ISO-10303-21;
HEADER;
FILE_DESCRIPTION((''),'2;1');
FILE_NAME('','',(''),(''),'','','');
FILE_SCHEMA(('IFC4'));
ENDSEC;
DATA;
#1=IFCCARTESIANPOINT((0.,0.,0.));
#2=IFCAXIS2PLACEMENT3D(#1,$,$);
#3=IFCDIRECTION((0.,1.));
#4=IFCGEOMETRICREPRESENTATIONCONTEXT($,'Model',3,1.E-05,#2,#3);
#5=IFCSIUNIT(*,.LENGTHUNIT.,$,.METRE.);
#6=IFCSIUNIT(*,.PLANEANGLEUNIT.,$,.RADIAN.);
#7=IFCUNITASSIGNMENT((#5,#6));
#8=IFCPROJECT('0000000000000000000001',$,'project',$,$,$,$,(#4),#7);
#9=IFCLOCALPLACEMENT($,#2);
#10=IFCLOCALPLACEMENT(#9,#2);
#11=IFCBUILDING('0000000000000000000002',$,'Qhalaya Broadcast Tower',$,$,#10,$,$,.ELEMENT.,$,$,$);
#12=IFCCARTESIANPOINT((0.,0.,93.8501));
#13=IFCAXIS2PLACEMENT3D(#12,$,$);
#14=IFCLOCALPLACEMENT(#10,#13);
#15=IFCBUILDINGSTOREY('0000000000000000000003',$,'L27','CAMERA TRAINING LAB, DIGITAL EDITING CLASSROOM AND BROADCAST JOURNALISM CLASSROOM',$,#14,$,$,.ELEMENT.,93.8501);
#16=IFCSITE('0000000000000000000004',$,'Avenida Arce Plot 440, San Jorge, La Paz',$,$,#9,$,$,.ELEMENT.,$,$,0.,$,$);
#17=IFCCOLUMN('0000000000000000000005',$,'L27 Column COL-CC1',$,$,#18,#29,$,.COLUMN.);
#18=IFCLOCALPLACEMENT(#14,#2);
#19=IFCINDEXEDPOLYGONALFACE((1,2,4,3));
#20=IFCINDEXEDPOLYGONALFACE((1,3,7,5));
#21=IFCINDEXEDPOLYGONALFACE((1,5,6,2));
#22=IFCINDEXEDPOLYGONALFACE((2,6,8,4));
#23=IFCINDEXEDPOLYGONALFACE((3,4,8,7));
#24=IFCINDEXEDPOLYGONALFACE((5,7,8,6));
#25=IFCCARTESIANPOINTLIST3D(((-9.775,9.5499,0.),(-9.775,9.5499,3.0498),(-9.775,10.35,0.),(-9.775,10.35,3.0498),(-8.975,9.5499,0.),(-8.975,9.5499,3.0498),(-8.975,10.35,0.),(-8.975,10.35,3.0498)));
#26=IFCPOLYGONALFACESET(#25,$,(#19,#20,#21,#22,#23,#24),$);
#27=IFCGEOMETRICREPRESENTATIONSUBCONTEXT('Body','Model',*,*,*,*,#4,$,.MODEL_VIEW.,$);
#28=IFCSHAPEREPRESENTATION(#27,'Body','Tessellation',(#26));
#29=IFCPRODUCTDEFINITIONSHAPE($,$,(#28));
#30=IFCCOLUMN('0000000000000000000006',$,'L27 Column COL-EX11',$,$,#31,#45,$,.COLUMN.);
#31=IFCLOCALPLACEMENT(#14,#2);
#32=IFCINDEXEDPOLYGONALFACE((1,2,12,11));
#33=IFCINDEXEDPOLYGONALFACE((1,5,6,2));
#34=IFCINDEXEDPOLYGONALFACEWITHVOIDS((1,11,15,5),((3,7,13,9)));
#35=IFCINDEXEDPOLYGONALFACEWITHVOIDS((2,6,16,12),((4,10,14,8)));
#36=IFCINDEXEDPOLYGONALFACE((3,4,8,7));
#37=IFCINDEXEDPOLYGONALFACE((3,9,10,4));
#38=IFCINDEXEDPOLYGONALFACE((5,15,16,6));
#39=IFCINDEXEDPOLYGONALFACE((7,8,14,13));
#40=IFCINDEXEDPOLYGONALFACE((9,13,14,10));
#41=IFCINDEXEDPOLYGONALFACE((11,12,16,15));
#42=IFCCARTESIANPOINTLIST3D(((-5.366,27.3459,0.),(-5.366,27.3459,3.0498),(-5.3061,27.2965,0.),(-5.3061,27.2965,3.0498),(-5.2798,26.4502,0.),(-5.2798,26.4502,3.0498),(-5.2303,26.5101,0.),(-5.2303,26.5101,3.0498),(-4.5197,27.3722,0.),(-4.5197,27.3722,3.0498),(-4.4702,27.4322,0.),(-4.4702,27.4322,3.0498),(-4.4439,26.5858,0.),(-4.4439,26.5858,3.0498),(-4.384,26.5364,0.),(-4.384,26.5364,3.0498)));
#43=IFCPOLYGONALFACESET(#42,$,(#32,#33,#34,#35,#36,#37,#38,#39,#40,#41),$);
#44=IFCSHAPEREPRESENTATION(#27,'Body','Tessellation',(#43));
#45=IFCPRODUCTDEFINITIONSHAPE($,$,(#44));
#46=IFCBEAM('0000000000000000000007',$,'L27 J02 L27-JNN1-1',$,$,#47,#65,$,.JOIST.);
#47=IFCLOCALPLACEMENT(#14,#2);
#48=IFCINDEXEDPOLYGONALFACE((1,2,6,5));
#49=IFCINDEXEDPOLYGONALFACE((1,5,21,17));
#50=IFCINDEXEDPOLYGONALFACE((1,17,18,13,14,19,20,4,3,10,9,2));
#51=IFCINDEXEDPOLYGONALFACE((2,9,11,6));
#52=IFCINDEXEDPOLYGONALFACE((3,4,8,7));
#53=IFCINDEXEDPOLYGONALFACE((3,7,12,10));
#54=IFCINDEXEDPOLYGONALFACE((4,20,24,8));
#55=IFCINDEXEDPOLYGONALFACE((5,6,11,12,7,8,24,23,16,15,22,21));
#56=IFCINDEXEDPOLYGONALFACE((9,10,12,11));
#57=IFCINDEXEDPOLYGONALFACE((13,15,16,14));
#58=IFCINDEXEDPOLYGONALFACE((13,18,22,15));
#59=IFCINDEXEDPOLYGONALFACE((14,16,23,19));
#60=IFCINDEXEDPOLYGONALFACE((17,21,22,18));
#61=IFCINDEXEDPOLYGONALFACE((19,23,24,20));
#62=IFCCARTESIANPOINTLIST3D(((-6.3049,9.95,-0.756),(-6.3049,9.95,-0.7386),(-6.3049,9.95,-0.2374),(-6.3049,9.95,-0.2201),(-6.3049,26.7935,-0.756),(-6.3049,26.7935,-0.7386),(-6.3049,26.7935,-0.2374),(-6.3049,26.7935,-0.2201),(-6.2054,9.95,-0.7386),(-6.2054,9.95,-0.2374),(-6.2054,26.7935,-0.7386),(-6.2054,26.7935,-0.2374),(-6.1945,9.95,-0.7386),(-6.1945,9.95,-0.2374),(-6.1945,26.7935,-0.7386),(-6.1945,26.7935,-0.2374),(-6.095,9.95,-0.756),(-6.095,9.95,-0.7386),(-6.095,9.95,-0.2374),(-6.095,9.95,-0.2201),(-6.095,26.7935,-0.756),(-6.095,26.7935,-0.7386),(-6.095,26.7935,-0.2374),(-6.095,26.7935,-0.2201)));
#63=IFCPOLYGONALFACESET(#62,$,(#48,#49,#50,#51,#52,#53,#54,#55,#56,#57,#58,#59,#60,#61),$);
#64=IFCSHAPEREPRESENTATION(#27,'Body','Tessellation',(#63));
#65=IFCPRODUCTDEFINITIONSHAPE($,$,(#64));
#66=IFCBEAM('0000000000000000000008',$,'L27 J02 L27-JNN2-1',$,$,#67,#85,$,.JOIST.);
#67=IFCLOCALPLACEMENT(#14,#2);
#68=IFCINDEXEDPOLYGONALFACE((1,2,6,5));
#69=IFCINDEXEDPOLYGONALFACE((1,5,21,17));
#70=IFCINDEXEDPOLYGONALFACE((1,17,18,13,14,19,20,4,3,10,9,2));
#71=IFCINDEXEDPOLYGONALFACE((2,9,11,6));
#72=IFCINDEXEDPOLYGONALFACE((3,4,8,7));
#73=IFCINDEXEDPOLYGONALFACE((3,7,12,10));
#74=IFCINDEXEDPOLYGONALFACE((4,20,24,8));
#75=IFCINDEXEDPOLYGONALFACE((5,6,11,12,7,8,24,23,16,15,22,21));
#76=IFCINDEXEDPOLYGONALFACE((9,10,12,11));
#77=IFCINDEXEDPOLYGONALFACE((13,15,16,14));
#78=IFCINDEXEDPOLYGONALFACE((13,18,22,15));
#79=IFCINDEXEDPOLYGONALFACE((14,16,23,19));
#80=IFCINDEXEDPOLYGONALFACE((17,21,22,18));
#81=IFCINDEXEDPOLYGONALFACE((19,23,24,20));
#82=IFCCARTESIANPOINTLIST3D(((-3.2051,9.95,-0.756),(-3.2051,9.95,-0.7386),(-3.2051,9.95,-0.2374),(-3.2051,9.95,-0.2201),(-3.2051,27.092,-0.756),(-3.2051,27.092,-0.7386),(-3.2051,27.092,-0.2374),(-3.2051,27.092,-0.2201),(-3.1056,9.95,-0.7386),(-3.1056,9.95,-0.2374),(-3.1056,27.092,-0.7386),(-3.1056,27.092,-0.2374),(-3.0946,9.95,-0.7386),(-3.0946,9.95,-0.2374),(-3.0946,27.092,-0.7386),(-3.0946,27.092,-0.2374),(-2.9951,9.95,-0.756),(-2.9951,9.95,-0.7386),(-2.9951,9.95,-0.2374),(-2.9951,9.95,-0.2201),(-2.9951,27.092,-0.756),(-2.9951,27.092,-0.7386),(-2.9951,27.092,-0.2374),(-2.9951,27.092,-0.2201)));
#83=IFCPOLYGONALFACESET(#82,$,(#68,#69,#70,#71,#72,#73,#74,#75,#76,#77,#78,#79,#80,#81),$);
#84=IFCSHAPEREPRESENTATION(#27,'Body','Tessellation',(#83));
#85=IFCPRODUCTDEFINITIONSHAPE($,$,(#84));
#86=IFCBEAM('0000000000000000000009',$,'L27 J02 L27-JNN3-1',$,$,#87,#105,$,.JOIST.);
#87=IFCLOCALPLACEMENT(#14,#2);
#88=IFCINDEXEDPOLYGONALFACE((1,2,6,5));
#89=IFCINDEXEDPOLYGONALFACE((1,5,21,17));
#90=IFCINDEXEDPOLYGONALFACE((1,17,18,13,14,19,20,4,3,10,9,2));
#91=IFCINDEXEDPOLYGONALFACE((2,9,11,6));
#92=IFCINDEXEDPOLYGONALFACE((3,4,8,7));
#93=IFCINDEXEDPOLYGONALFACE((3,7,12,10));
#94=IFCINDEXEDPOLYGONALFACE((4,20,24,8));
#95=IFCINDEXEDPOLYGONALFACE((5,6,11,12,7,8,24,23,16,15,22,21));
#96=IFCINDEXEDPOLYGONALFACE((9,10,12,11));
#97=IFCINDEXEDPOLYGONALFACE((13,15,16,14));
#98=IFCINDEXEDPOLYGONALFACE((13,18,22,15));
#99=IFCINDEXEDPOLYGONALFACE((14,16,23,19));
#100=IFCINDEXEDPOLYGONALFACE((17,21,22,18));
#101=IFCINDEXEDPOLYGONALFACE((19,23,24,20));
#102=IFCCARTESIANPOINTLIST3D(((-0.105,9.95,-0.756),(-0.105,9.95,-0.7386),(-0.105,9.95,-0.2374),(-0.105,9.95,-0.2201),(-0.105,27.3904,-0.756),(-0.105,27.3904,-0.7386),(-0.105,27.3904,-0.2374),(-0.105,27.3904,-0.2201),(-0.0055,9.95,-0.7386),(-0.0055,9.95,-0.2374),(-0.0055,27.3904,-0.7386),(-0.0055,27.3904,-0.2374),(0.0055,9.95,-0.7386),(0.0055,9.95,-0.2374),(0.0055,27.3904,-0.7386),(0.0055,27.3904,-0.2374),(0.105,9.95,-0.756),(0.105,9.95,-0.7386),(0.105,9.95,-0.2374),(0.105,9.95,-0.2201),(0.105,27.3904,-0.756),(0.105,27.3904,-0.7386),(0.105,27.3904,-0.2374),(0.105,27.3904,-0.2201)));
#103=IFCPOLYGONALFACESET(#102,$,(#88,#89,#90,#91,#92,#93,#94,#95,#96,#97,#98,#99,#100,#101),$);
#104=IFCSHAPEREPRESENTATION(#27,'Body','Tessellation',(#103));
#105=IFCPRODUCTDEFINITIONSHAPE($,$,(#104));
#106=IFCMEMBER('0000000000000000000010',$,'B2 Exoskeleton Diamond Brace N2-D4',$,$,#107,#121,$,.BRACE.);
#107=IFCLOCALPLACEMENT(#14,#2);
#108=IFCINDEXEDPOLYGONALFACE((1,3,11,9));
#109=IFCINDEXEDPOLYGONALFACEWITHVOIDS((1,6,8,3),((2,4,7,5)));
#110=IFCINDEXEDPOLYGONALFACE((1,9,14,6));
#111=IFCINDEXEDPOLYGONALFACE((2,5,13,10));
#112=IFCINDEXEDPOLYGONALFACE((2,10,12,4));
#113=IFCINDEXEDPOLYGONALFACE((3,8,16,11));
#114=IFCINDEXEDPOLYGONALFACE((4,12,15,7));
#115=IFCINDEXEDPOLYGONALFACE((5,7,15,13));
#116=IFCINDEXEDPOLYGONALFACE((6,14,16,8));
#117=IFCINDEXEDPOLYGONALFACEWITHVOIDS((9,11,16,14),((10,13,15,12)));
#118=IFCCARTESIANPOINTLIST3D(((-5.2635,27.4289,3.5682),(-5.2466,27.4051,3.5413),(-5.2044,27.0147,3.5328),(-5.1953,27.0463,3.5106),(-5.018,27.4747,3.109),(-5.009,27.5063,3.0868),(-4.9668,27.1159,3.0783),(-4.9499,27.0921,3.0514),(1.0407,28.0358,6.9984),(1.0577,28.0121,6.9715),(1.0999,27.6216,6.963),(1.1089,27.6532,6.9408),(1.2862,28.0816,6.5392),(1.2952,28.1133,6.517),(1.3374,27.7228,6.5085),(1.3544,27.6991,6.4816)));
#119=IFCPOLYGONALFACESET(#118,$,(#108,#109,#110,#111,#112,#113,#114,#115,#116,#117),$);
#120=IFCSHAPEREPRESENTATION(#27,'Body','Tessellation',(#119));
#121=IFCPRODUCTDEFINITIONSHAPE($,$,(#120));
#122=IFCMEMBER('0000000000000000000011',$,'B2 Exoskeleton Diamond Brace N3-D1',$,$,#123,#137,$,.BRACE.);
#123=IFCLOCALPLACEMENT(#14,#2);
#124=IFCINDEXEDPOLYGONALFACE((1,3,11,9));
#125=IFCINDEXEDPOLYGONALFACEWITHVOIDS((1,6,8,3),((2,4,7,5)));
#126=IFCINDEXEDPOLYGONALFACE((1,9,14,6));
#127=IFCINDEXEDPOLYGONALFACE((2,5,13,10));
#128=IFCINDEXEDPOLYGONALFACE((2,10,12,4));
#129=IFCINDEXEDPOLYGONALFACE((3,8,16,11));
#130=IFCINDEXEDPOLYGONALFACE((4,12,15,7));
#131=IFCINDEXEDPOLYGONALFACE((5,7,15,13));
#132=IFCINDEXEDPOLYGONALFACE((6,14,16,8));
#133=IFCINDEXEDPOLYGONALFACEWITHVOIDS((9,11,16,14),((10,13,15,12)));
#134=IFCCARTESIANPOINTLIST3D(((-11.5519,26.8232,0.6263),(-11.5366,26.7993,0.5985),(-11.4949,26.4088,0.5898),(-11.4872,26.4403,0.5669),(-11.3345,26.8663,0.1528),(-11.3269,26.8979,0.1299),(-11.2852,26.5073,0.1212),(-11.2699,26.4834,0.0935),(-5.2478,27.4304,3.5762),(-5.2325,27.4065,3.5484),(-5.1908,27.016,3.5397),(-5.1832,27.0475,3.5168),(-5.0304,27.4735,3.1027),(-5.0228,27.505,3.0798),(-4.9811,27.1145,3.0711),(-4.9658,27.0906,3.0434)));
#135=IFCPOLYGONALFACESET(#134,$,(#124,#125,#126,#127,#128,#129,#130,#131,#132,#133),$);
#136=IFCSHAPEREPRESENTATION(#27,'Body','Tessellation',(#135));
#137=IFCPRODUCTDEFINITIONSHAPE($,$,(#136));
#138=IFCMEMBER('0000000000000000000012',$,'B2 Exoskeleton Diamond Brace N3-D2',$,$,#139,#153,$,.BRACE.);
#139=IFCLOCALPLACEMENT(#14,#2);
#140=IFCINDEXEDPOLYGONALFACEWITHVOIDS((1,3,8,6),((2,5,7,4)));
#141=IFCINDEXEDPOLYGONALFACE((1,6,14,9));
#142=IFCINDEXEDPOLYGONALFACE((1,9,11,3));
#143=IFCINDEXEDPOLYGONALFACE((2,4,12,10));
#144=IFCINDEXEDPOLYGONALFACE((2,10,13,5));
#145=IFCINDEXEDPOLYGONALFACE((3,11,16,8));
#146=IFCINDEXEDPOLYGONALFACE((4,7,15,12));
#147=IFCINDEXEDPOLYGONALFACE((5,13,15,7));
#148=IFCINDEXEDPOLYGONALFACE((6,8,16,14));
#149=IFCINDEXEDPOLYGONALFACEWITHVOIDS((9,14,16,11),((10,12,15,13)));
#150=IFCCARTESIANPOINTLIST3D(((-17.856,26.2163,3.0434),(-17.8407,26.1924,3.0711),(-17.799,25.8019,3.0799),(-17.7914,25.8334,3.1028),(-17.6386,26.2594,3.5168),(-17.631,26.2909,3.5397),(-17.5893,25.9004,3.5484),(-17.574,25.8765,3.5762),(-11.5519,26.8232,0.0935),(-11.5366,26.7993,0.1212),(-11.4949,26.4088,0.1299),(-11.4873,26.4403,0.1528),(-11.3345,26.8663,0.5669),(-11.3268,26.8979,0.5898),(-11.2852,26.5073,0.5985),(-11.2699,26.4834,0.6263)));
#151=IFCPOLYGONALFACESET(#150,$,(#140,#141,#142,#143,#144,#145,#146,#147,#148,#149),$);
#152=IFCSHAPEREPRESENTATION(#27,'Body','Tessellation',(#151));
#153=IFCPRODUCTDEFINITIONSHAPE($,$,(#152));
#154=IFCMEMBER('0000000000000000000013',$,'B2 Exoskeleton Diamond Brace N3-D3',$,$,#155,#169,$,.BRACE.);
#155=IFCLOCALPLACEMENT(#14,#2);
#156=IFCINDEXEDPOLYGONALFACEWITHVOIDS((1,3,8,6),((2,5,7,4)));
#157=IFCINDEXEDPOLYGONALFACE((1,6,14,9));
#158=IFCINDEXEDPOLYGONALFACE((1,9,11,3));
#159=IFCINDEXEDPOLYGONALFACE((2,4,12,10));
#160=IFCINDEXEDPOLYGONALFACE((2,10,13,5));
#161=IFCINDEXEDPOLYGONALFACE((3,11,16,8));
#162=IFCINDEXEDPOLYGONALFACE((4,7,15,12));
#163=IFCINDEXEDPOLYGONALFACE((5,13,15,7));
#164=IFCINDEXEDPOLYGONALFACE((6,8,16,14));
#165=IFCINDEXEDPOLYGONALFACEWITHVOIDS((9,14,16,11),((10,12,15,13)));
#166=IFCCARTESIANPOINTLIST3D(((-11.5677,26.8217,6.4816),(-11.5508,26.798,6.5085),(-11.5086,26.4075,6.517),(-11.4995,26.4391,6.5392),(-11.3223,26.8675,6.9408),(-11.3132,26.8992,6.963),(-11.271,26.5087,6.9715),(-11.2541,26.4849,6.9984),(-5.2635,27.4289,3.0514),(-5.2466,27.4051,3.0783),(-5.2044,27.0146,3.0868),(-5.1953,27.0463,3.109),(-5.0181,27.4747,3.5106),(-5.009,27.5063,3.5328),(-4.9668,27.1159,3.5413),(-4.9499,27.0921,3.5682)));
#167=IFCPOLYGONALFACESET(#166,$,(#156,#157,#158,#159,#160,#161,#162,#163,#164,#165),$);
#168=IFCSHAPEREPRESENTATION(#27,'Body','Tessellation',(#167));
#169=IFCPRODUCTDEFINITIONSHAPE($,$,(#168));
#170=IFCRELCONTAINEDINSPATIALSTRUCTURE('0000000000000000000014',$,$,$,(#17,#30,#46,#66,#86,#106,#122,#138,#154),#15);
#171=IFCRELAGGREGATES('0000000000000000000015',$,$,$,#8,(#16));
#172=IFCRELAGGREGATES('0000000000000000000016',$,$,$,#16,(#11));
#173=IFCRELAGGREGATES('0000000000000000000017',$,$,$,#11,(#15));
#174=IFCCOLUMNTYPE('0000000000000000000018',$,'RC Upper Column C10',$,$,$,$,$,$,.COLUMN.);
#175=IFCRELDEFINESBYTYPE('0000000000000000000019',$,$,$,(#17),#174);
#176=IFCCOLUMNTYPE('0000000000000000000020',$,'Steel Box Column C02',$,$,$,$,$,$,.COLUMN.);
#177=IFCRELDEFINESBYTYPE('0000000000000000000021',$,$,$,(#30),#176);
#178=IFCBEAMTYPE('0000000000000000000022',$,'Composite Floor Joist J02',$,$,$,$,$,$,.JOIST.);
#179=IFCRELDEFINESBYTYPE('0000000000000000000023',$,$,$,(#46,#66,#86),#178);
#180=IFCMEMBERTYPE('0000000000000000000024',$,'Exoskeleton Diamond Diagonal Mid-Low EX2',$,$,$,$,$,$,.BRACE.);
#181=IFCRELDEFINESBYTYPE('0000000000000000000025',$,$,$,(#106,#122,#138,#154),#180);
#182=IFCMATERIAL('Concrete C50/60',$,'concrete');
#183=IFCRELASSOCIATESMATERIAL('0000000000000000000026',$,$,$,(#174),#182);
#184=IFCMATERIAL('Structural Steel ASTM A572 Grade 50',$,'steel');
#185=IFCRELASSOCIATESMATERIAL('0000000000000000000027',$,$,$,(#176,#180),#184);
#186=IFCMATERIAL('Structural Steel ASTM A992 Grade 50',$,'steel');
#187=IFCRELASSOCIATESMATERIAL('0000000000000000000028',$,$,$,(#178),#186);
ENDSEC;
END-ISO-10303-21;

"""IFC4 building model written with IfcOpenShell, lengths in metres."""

from ifc_helpers import new_model, si_unit, direction, frame, origin, origin_2d, place, context, subcontext, project, spatial, rectangle, hollow_rectangle, i_section, extrude, material, material_profile, profile_set, type_object, element, save


model = new_model("IFC4")

# Units and contexts
model_context = context("Model", 3, precision=1e-05, world=origin(), true_north=direction((0.0, 1.0)))
body_context = subcontext(model_context, "Body", "Model", "MODEL_VIEW")
ifc_project = project(units=[si_unit("LENGTHUNIT", "METRE"), si_unit("PLANEANGLEUNIT", "RADIAN")], contexts=[model_context])

# Site, building, storey
site_placement = place(None, origin())
site = spatial("IfcSite", under=ifc_project, at=site_placement, Name="Avenida Arce Plot 440, San Jorge, La Paz", CompositionType="ELEMENT", RefElevation=0.0)
building_placement = place(site_placement, origin())
building = spatial("IfcBuilding", under=site, at=building_placement, Name="Qhalaya Broadcast Tower", CompositionType="ELEMENT")
storey_placement = place(building_placement, frame((0.0, 0.0, 93.8501)))
storey = spatial("IfcBuildingStorey", under=building, at=storey_placement, Name="L27", Description="CAMERA TRAINING LAB, DIGITAL EDITING CLASSROOM AND BROADCAST JOURNALISM CLASSROOM", CompositionType="ELEMENT", Elevation=93.8501)

# Columns
ifc_material_1 = material(Name="Concrete C50/60", Category="concrete")
ifc_material_profile_1 = material_profile(ifc_material_1, rectangle(XDim=0.8, YDim=0.8, at=origin_2d()), Name="RC-COL 800x800")
ifc_profile_set_1 = profile_set([ifc_material_profile_1], Name="Concrete C50/60")
column_type_1 = type_object("IfcColumnType", Name="RC Upper Column C10", PredefinedType="COLUMN", material=ifc_profile_set_1)
column_1_placement = place(storey_placement, frame((-9.375, 9.95, 0.0), z_axis=(0.0, 0.0, 1.0), x_axis=(1.0, 0.0, 0.0)))
element("IfcColumn", 1, at=column_1_placement, inside=storey, type_object=column_type_1, Name="L27 Column COL-CC1", PredefinedType="COLUMN", context=body_context, shape_type="SweptSolid", body=[
    extrude(rectangle(XDim=0.8, YDim=0.8, at=origin_2d()), origin(), (0.0, 0.0, 1.0), 3.0498),
])
ifc_material_2 = material(Name="Structural Steel ASTM A572 Grade 50", Category="steel")
ifc_material_profile_2 = material_profile(ifc_material_2, hollow_rectangle(XDim=0.8999, YDim=0.8999, WallThickness=0.0549, at=origin_2d()), Name="BOX 900x900x55")
ifc_profile_set_2 = profile_set([ifc_material_profile_2], Name="Structural Steel ASTM A572 Grade 50")
column_type_2 = type_object("IfcColumnType", Name="Steel Box Column C02", PredefinedType="COLUMN", material=ifc_profile_set_2)
column_2_placement = place(storey_placement, frame((-4.875, 26.9412, 0.0), z_axis=(0.0, 0.0, 1.0), x_axis=(0.995396, 0.095846, 0.0)))
element("IfcColumn", 2, at=column_2_placement, inside=storey, type_object=column_type_2, Name="L27 Column COL-EX11", PredefinedType="COLUMN", context=body_context, shape_type="SweptSolid", body=[
    extrude(hollow_rectangle(XDim=0.8999, YDim=0.8999, WallThickness=0.0549, at=origin_2d()), origin(), (0.0, 0.0, 1.0), 3.0498),
])

# Beams
ifc_material_3 = material(Name="Structural Steel ASTM A992 Grade 50", Category="steel")
ifc_material_profile_3 = material_profile(ifc_material_3, i_section(OverallWidth=0.21, OverallDepth=0.5359, WebThickness=0.011, FlangeThickness=0.0173, at=origin_2d()), Name="W21X68")
ifc_profile_set_3 = profile_set([ifc_material_profile_3], Name="Structural Steel ASTM A992 Grade 50")
beam_type_1 = type_object("IfcBeamType", Name="Composite Floor Joist J02", PredefinedType="JOIST", material=ifc_profile_set_3)
beam_1_placement = place(storey_placement, frame((-6.2, 9.95, -0.488), z_axis=(0.0, 1.0, 0.0), x_axis=(-1.0, 0.0, 0.0)))
element("IfcBeam", 3, at=beam_1_placement, inside=storey, type_object=beam_type_1, Name="L27 J02 L27-JNN1-1", PredefinedType="JOIST", context=body_context, shape_type="SweptSolid", body=[
    extrude(i_section(OverallWidth=0.21, OverallDepth=0.5359, WebThickness=0.011, FlangeThickness=0.0173, at=origin_2d()), origin(), (0.0, 0.0, 1.0), 16.8435),
])
beam_2_placement = place(storey_placement, frame((-3.1001, 9.95, -0.488), z_axis=(0.0, 1.0, 0.0), x_axis=(-1.0, 0.0, 0.0)))
element("IfcBeam", 4, at=beam_2_placement, inside=storey, type_object=beam_type_1, Name="L27 J02 L27-JNN2-1", PredefinedType="JOIST", context=body_context, shape_type="SweptSolid", body=[
    extrude(i_section(OverallWidth=0.21, OverallDepth=0.5359, WebThickness=0.011, FlangeThickness=0.0173, at=origin_2d()), origin(), (0.0, 0.0, 1.0), 17.1421),
])
beam_3_placement = place(storey_placement, frame((0.0, 9.95, -0.488), z_axis=(0.0, 1.0, 0.0), x_axis=(-1.0, 0.0, 0.0)))
element("IfcBeam", 5, at=beam_3_placement, inside=storey, type_object=beam_type_1, Name="L27 J02 L27-JNN3-1", PredefinedType="JOIST", context=body_context, shape_type="SweptSolid", body=[
    extrude(i_section(OverallWidth=0.21, OverallDepth=0.5359, WebThickness=0.011, FlangeThickness=0.0173, at=origin_2d()), origin(), (0.0, 0.0, 1.0), 17.4404),
])

# Members
ifc_material_profile_4 = material_profile(ifc_material_2, hollow_rectangle(XDim=0.4199, YDim=0.55, WallThickness=0.0281, at=origin_2d()), Name="BOX 420x550x28")
ifc_profile_set_4 = profile_set([ifc_material_profile_4], Name="Structural Steel ASTM A572 Grade 50")
member_type = type_object("IfcMemberType", Name="Exoskeleton Diamond Diagonal Mid-Low EX2", PredefinedType="BRACE", material=ifc_profile_set_4)
member_1_placement = place(storey_placement, frame((-5.1067, 27.2605, 3.3098), z_axis=(0.875268, 0.084266, 0.476242), x_axis=(-0.140826, 0.986441, 0.084279)))
element("IfcMember", 6, at=member_1_placement, inside=storey, type_object=member_type, Name="B2 Exoskeleton Diamond Brace N2-D4", PredefinedType="BRACE", context=body_context, shape_type="SweptSolid", body=[
    extrude(hollow_rectangle(XDim=0.4199, YDim=0.55, WallThickness=0.0281, at=origin_2d()), origin(), (0.0, 0.0, 1.0), 7.2026),
])
for number, where, z_axis, x_axis, name in (
    (7, (-11.4109, 26.6533, 0.3599), (0.902316, 0.086905, 0.422225), (-0.13571, 0.986932, 0.086883), "B2 Exoskeleton Diamond Brace N3-D1"),
    (8, (-11.4109, 26.6533, 0.3599), (-0.902319, -0.08687, 0.422226), (0.135673, -0.986937, 0.086883), "B2 Exoskeleton Diamond Brace N3-D2"),
):
    element("IfcMember", number, at=place(storey_placement, frame(where, z_axis=z_axis, x_axis=x_axis)), inside=storey, type_object=member_type, Name=name, PredefinedType="BRACE", context=body_context, shape_type="SweptSolid", body=[
        extrude(hollow_rectangle(XDim=0.4199, YDim=0.55, WallThickness=0.0281, at=origin_2d()), origin(), (0.0, 0.0, 1.0), 6.9866),
    ])
member_2_placement = place(storey_placement, frame((-5.1067, 27.2605, 3.3098), z_axis=(-0.875265, -0.0843, 0.47624), x_axis=(0.140864, -0.986435, 0.084279)))
element("IfcMember", 9, at=member_2_placement, inside=storey, type_object=member_type, Name="B2 Exoskeleton Diamond Brace N3-D3", PredefinedType="BRACE", context=body_context, shape_type="SweptSolid", body=[
    extrude(hollow_rectangle(XDim=0.4199, YDim=0.55, WallThickness=0.0281, at=origin_2d()), origin(), (0.0, 0.0, 1.0), 7.2026),
])

save(model, "model.ifc")
